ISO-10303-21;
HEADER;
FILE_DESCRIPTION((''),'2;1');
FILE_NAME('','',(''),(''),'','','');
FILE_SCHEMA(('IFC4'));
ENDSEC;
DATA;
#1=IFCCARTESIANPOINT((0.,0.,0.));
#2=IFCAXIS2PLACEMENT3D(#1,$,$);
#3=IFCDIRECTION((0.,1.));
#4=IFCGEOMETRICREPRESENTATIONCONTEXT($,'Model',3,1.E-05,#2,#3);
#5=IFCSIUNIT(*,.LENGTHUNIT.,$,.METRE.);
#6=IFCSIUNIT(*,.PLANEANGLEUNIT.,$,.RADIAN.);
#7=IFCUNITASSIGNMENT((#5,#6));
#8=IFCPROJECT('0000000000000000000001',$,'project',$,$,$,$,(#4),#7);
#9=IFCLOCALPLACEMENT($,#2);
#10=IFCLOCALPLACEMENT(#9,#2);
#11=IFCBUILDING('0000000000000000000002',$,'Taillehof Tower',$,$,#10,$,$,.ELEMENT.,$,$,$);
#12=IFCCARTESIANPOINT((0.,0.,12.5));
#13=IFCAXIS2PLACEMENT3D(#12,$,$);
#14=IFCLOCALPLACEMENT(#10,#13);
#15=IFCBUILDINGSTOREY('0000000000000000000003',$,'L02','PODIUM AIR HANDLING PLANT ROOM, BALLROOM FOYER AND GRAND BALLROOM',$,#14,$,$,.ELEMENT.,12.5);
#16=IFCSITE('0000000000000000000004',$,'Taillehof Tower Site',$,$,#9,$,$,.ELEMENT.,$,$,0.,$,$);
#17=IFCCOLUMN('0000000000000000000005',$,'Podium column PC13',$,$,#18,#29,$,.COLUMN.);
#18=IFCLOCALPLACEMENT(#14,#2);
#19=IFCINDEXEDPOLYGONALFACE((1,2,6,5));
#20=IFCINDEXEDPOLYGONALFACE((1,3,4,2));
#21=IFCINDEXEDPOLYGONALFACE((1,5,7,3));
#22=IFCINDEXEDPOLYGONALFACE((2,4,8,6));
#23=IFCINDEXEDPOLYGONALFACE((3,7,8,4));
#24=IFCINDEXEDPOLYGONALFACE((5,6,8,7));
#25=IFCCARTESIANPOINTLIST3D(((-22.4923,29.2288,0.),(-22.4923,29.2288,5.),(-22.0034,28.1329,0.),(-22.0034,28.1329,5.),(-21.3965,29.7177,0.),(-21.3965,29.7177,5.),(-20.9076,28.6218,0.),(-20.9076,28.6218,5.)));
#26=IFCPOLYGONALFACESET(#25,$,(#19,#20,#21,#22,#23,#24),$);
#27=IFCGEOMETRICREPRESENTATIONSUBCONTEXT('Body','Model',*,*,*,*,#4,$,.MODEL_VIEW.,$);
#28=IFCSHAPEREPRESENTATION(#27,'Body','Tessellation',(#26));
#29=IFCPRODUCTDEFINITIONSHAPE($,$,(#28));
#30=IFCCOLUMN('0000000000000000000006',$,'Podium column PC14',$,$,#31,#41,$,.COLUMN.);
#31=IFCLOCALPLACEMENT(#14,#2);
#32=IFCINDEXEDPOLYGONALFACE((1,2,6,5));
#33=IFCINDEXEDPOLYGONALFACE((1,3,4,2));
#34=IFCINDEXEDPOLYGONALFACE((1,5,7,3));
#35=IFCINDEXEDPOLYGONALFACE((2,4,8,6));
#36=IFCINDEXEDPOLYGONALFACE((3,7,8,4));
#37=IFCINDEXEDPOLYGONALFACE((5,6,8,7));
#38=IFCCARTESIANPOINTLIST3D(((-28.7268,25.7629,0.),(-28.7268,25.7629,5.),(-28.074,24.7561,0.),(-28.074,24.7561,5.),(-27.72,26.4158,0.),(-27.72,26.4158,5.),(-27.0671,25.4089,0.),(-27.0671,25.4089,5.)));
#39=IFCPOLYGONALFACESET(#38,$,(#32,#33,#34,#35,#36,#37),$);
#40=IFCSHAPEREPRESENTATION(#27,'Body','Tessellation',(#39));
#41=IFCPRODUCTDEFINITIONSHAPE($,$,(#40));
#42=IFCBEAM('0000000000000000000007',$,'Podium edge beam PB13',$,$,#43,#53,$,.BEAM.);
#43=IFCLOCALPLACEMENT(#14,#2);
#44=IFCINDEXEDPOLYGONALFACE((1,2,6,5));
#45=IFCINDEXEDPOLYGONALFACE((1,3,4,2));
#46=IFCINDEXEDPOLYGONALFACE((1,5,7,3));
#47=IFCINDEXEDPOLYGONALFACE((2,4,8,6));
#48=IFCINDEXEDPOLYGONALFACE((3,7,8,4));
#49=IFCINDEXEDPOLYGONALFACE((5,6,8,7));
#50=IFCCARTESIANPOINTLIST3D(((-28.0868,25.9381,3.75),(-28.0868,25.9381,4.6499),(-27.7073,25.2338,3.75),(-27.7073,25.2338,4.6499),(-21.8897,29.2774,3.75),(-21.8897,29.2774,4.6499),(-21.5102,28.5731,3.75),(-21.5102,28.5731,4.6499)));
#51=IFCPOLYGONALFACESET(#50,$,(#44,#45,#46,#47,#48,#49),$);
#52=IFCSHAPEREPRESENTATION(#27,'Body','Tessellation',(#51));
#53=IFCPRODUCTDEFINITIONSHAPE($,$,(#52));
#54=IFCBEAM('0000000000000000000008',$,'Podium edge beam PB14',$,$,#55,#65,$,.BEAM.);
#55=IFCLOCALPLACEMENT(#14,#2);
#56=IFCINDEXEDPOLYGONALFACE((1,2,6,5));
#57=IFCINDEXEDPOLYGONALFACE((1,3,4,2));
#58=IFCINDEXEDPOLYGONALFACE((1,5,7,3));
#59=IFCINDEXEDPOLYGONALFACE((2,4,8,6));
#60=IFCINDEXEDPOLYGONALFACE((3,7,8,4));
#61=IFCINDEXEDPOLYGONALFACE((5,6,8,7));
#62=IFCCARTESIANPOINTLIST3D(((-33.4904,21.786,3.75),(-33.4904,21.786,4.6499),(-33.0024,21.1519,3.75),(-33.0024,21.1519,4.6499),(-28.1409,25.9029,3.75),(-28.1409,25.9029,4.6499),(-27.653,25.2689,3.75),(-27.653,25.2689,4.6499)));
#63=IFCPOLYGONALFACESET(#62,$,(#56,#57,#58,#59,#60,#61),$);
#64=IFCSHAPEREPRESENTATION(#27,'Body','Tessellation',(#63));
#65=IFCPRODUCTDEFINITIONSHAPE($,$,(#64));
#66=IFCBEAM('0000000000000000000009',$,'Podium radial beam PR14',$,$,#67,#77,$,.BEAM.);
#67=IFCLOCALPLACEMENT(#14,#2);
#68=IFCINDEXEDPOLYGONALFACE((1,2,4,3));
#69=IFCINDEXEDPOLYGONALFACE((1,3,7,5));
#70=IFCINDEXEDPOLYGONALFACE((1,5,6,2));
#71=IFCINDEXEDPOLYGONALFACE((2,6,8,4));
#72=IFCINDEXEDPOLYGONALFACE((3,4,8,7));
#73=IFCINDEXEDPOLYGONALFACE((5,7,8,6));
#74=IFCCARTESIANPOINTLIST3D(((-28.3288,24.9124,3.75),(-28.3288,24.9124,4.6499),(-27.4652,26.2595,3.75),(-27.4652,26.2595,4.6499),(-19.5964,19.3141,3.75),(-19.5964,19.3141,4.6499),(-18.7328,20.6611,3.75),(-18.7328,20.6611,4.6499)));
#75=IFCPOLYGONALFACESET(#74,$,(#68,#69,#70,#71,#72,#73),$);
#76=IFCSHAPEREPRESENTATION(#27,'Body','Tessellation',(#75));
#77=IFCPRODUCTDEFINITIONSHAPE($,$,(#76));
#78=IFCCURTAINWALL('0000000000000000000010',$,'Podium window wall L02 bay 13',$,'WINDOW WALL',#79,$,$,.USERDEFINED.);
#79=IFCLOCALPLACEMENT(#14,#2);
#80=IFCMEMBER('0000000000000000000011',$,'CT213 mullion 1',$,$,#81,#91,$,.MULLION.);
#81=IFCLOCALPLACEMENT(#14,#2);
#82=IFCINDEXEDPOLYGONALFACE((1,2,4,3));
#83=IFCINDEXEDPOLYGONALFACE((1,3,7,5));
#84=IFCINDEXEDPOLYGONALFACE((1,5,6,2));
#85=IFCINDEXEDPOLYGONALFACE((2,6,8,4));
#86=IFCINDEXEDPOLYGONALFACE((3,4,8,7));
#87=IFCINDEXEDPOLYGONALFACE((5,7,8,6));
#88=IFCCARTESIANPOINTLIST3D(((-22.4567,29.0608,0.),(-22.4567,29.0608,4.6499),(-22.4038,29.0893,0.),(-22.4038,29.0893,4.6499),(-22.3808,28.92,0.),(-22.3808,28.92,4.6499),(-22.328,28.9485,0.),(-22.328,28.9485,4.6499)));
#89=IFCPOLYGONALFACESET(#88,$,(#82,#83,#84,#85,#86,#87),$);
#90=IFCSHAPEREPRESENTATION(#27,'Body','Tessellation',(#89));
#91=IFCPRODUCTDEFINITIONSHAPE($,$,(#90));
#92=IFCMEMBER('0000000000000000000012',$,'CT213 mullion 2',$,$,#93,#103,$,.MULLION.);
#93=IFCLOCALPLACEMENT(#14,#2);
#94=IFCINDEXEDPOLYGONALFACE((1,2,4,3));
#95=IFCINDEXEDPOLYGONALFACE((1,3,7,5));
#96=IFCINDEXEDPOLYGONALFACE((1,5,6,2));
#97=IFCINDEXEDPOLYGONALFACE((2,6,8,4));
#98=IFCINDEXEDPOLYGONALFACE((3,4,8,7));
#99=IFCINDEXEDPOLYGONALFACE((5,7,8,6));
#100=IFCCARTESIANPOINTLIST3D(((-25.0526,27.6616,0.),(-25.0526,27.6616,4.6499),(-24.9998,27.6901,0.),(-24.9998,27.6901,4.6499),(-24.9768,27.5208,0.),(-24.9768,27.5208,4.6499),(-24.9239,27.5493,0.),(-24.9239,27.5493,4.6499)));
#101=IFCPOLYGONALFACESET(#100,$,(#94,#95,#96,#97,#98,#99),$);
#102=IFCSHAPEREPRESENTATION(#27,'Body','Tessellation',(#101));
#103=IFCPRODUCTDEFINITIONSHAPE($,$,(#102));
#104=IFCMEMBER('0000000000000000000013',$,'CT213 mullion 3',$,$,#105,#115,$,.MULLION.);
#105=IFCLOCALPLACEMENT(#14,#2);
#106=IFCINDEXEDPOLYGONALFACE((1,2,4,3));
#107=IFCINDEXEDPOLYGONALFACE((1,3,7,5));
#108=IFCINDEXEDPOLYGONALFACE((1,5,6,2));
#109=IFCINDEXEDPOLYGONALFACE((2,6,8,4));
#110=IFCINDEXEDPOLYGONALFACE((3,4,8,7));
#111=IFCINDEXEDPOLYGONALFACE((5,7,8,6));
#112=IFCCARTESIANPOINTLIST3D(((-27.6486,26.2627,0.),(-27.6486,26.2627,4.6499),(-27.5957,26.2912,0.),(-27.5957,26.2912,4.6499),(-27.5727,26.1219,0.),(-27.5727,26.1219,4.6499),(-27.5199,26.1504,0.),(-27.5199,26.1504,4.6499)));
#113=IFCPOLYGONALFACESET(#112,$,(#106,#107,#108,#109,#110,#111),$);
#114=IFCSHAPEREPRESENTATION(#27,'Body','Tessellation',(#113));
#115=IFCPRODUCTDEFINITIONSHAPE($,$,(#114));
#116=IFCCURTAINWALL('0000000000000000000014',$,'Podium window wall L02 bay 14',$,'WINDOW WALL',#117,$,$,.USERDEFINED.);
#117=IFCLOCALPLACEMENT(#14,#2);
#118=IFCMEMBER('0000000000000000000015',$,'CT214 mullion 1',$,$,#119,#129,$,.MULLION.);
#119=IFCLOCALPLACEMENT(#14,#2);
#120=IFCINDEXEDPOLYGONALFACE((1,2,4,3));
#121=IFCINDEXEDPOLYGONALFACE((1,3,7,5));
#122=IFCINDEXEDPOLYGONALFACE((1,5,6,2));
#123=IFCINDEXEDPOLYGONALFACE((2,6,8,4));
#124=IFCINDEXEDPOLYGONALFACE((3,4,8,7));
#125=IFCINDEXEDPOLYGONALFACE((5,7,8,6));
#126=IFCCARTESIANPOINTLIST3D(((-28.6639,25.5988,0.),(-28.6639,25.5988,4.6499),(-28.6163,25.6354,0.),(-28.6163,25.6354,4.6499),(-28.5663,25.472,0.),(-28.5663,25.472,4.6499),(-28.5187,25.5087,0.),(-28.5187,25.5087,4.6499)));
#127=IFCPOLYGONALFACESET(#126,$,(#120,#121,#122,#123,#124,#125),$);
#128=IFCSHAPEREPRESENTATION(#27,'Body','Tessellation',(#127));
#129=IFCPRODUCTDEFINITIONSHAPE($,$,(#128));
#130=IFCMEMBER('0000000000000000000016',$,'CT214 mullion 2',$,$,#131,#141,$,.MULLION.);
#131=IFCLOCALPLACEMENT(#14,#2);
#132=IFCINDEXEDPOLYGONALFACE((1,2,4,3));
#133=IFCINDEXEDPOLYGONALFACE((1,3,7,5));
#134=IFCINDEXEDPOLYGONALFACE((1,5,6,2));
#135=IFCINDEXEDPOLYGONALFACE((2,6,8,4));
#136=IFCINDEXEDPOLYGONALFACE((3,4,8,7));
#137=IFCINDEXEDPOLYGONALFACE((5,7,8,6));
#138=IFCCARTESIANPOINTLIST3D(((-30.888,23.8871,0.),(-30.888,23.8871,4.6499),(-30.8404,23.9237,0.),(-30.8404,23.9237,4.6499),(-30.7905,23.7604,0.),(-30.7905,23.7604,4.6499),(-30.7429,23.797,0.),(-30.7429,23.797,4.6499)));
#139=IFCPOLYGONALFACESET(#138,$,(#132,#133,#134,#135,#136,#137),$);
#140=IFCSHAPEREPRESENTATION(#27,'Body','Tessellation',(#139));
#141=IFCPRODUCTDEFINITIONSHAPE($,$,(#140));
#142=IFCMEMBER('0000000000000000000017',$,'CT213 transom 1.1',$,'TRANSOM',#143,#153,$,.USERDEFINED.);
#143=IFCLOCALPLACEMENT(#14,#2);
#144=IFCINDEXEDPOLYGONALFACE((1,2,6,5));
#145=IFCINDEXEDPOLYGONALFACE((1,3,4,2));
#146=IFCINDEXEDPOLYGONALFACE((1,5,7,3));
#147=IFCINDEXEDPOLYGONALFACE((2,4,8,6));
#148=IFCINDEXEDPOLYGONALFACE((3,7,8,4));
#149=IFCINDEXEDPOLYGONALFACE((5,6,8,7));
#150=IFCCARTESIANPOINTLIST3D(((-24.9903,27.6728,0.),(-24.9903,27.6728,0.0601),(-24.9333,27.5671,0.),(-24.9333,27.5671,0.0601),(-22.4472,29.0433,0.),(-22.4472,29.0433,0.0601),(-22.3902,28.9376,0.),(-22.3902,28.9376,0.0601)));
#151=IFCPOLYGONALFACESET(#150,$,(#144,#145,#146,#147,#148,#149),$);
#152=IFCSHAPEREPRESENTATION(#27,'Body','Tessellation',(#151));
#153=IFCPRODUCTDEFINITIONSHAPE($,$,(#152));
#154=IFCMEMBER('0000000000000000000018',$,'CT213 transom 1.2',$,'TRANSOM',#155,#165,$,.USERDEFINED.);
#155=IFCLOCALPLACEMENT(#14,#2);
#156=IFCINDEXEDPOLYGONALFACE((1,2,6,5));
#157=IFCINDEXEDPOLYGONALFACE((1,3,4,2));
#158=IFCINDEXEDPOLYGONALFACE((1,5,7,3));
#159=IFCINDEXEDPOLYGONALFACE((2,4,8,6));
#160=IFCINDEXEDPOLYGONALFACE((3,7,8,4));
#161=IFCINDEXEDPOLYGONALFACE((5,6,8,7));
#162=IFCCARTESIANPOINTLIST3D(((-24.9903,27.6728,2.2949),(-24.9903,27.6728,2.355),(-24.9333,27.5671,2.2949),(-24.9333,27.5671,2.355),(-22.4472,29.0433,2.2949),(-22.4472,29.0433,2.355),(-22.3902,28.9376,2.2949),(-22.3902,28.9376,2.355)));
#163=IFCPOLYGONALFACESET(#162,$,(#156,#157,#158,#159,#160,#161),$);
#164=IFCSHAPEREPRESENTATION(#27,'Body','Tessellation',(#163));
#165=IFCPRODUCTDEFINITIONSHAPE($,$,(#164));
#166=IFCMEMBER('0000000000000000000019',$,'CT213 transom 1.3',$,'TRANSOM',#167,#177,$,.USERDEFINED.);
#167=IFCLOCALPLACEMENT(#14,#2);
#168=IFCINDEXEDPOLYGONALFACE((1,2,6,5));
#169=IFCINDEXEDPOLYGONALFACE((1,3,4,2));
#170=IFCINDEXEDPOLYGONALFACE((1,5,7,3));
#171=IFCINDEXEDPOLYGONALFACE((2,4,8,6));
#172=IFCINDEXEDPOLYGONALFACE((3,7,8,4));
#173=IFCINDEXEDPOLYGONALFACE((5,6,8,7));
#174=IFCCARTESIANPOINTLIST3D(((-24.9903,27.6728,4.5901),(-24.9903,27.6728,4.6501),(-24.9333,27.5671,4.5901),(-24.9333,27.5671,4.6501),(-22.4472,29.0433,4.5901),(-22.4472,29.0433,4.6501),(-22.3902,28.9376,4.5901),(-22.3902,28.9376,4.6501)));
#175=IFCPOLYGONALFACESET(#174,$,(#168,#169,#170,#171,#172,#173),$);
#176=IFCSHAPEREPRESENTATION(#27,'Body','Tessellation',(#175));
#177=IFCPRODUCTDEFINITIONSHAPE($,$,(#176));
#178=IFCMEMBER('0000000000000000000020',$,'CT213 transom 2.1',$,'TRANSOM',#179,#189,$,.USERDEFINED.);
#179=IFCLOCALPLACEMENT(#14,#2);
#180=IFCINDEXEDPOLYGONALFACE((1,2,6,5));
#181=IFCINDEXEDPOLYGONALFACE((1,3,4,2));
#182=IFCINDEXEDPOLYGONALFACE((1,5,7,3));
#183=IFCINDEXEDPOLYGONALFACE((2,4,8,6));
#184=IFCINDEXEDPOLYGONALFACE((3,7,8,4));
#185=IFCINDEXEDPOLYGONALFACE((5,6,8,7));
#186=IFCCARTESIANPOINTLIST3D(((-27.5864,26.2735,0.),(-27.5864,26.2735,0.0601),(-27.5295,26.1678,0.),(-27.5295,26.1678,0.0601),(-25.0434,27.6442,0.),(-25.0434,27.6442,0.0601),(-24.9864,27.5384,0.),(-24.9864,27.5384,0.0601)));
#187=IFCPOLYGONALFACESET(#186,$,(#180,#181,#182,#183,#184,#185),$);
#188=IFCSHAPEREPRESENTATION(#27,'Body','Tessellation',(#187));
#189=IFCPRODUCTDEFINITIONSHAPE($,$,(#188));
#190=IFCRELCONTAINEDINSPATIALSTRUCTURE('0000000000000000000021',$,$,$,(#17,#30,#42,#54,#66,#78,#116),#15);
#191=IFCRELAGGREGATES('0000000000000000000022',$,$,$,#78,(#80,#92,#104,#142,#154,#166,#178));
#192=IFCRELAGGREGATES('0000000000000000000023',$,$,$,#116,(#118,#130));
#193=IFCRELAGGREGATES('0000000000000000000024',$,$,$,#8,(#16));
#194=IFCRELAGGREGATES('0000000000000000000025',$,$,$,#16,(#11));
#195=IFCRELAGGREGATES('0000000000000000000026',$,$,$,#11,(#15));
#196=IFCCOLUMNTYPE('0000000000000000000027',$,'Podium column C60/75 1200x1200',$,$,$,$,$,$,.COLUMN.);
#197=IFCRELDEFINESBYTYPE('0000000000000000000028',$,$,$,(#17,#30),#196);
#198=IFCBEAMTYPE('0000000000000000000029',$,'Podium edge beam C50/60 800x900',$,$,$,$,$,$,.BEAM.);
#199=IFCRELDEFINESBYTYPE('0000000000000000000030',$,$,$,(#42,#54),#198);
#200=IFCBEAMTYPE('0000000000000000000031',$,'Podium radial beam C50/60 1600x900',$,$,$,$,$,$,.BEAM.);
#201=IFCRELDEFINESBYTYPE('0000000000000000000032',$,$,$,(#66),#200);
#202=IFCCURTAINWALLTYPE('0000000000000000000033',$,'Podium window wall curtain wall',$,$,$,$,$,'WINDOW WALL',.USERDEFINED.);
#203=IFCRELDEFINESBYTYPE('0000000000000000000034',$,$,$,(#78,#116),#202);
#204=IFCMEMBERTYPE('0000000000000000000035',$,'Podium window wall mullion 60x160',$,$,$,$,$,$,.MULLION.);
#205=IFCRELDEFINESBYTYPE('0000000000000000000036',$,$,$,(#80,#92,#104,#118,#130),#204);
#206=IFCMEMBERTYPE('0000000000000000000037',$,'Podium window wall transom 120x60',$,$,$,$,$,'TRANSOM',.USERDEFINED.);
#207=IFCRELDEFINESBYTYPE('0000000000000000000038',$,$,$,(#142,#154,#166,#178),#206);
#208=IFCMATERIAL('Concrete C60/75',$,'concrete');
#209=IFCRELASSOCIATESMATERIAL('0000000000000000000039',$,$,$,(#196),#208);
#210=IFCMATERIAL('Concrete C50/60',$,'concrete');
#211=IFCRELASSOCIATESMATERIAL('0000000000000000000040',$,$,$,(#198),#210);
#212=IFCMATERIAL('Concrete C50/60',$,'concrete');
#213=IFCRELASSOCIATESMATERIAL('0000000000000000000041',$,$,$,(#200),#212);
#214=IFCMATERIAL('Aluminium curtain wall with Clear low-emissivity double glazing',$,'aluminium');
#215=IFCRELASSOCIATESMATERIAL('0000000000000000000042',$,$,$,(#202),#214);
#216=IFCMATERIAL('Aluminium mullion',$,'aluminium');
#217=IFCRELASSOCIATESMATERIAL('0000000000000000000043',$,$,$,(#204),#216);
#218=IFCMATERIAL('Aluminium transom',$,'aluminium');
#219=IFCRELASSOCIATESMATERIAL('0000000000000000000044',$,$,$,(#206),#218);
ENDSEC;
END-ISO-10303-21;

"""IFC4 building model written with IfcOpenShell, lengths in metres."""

from ifc_helpers import new_model, si_unit, direction, frame, origin, origin_2d, place, context, subcontext, project, spatial, rectangle, extrude, material, material_profile, profile_set, type_object, element, aggregate, save


model = new_model("IFC4")

# Units and contexts
model_context = context("Model", 3, precision=1e-05, world=origin(), true_north=direction((0.0, 1.0)))
body_context = subcontext(model_context, "Body", "Model", "MODEL_VIEW")
ifc_project = project(units=[si_unit("LENGTHUNIT", "METRE"), si_unit("PLANEANGLEUNIT", "RADIAN")], contexts=[model_context])

# Site, building, storey
site_placement = place(None, origin())
site = spatial("IfcSite", under=ifc_project, at=site_placement, Name="Taillehof Tower Site", CompositionType="ELEMENT", RefElevation=0.0)
building_placement = place(site_placement, origin())
building = spatial("IfcBuilding", under=site, at=building_placement, Name="Taillehof Tower", CompositionType="ELEMENT")
storey_placement = place(building_placement, frame((0.0, 0.0, 12.5)))
storey = spatial("IfcBuildingStorey", under=building, at=storey_placement, Name="L02", Description="PODIUM AIR HANDLING PLANT ROOM, BALLROOM FOYER AND GRAND BALLROOM", CompositionType="ELEMENT", Elevation=12.5)

# Columns
ifc_material_1 = material(Name="Concrete C60/75", Category="concrete")
ifc_material_profile_1 = material_profile(ifc_material_1, rectangle(XDim=1.2, YDim=1.2, at=origin_2d()), Name="RC 1200x1200")
ifc_profile_set_1 = profile_set([ifc_material_profile_1], Name="Concrete C60/75")
column_type = type_object("IfcColumnType", Name="Podium column C60/75 1200x1200", PredefinedType="COLUMN", material=ifc_profile_set_1)
for number, where, z_axis, x_axis, name in (
    (1, (-21.7, 28.9253, 0.0), (0.0, 0.0, 1.0), (-0.407427, 0.913238, 0.0), "Podium column PC13"),
    (2, (-27.897, 25.5859, 0.0), (0.0, 0.0, 1.0), (-0.544041, 0.839058, 0.0), "Podium column PC14"),
):
    element("IfcColumn", number, at=place(storey_placement, frame(where, z_axis=z_axis, x_axis=x_axis)), inside=storey, type_object=column_type, Name=name, PredefinedType="COLUMN", context=body_context, shape_type="SweptSolid", body=[
        extrude(rectangle(XDim=1.2, YDim=1.2, at=origin_2d()), origin(), (0.0, 0.0, 1.0), 5.0),
    ])

# Beams
ifc_material_2 = material(Name="Concrete C50/60", Category="concrete")
ifc_material_profile_2 = material_profile(ifc_material_2, rectangle(XDim=0.8, YDim=0.8999, at=origin_2d()), Name="RC 800x900")
ifc_profile_set_2 = profile_set([ifc_material_profile_2], Name="Concrete C50/60")
beam_type_1 = type_object("IfcBeamType", Name="Podium edge beam C50/60 800x900", PredefinedType="BEAM", material=ifc_profile_set_2)
beam_1_placement = place(storey_placement, frame((-21.7, 28.9253, 4.2), z_axis=(-0.880323, -0.474375, 0.0), x_axis=(0.474375, -0.880323, 0.0)))
element("IfcBeam", 3, at=beam_1_placement, inside=storey, type_object=beam_type_1, Name="Podium edge beam PB13", PredefinedType="BEAM", context=body_context, shape_type="SweptSolid", body=[
    extrude(rectangle(XDim=0.8, YDim=0.8999, at=origin_2d()), origin(), (0.0, 0.0, 1.0), 7.0396),
])
beam_2_placement = place(storey_placement, frame((-27.897, 25.5859, 4.2), z_axis=(-0.792477, -0.609901, 0.0), x_axis=(0.609901, -0.792477, 0.0)))
element("IfcBeam", 4, at=beam_2_placement, inside=storey, type_object=beam_type_1, Name="Podium edge beam PB14", PredefinedType="BEAM", context=body_context, shape_type="SweptSolid", body=[
    extrude(rectangle(XDim=0.8, YDim=0.8999, at=origin_2d()), origin(), (0.0, 0.0, 1.0), 6.7502),
])
ifc_material_3 = material(Name="Concrete C50/60", Category="concrete")
ifc_material_profile_3 = material_profile(ifc_material_3, rectangle(XDim=1.6001, YDim=0.8999, at=origin_2d()), Name="RC 1600x900")
ifc_profile_set_3 = profile_set([ifc_material_profile_3], Name="Concrete C50/60")
beam_type_2 = type_object("IfcBeamType", Name="Podium radial beam C50/60 1600x900", PredefinedType="BEAM", material=ifc_profile_set_3)
beam_3_placement = place(storey_placement, frame((-27.897, 25.5859, 4.2), z_axis=(0.841849, -0.539713, 0.0), x_axis=(0.539713, 0.841849, 0.0)))
element("IfcBeam", 5, at=beam_3_placement, inside=storey, type_object=beam_type_2, Name="Podium radial beam PR14", PredefinedType="BEAM", context=body_context, shape_type="SweptSolid", body=[
    extrude(rectangle(XDim=1.6001, YDim=0.8999, at=origin_2d()), origin(), (0.0, 0.0, 1.0), 10.3728),
])

# Curtain walls, members
ifc_material_4 = material(Name="Aluminium curtain wall with Clear low-emissivity double glazing", Category="aluminium")
curtain_wall_type = type_object("IfcCurtainWallType", Name="Podium window wall curtain wall", ElementType="WINDOW WALL", PredefinedType="USERDEFINED", material=ifc_material_4)
curtain_wall_1_placement = place(storey_placement, origin())
curtain_wall_1 = element("IfcCurtainWall", 6, at=curtain_wall_1_placement, inside=storey, type_object=curtain_wall_type, Name="Podium window wall L02 bay 13", ObjectType="WINDOW WALL", PredefinedType="USERDEFINED")
ifc_material_5 = material(Name="Aluminium mullion", Category="aluminium")
ifc_material_profile_4 = material_profile(ifc_material_5, rectangle(XDim=0.1599, YDim=0.0601, at=origin_2d()), Name="AL 60x160")
ifc_profile_set_4 = profile_set([ifc_material_profile_4], Name="Aluminium mullion")
member_type_1 = type_object("IfcMemberType", Name="Podium window wall mullion 60x160", PredefinedType="MULLION", material=ifc_profile_set_4)
member_1_placement = place(storey_placement, frame((-22.3923, 29.0046, 0.0), z_axis=(0.0, 0.0, 1.0), x_axis=(0.474415, -0.880301, 0.0)))
member_1 = element("IfcMember", 7, at=member_1_placement, type_object=member_type_1, Name="CT213 mullion 1", PredefinedType="MULLION", context=body_context, shape_type="SweptSolid", body=[
    extrude(rectangle(XDim=0.1599, YDim=0.0601, at=origin_2d()), origin(), (0.0, 0.0, 1.0), 4.6499),
])
member_2_placement = place(storey_placement, frame((-24.9883, 27.6055, 0.0), z_axis=(0.0, 0.0, 1.0), x_axis=(0.474415, -0.880301, 0.0)))
member_2 = element("IfcMember", 8, at=member_2_placement, type_object=member_type_1, Name="CT213 mullion 2", PredefinedType="MULLION", context=body_context, shape_type="SweptSolid", body=[
    extrude(rectangle(XDim=0.1599, YDim=0.0601, at=origin_2d()), origin(), (0.0, 0.0, 1.0), 4.6499),
])
member_3_placement = place(storey_placement, frame((-27.5842, 26.2065, 0.0), z_axis=(0.0, 0.0, 1.0), x_axis=(0.474415, -0.880301, 0.0)))
member_3 = element("IfcMember", 9, at=member_3_placement, type_object=member_type_1, Name="CT213 mullion 3", PredefinedType="MULLION", context=body_context, shape_type="SweptSolid", body=[
    extrude(rectangle(XDim=0.1599, YDim=0.0601, at=origin_2d()), origin(), (0.0, 0.0, 1.0), 4.6499),
])
curtain_wall_2_placement = place(storey_placement, origin())
curtain_wall_2 = element("IfcCurtainWall", 10, at=curtain_wall_2_placement, inside=storey, type_object=curtain_wall_type, Name="Podium window wall L02 bay 14", ObjectType="WINDOW WALL", PredefinedType="USERDEFINED")
member_4_placement = place(storey_placement, frame((-28.5913, 25.5537, 0.0), z_axis=(0.0, 0.0, 1.0), x_axis=(0.609932, -0.792454, 0.0)))
member_4 = element("IfcMember", 11, at=member_4_placement, type_object=member_type_1, Name="CT214 mullion 1", PredefinedType="MULLION", context=body_context, shape_type="SweptSolid", body=[
    extrude(rectangle(XDim=0.1599, YDim=0.0601, at=origin_2d()), origin(), (0.0, 0.0, 1.0), 4.6499),
])
member_5_placement = place(storey_placement, frame((-30.8154, 23.842, 0.0), z_axis=(0.0, 0.0, 1.0), x_axis=(0.609932, -0.792454, 0.0)))
member_5 = element("IfcMember", 12, at=member_5_placement, type_object=member_type_1, Name="CT214 mullion 2", PredefinedType="MULLION", context=body_context, shape_type="SweptSolid", body=[
    extrude(rectangle(XDim=0.1599, YDim=0.0601, at=origin_2d()), origin(), (0.0, 0.0, 1.0), 4.6499),
])

# Members
ifc_material_6 = material(Name="Aluminium transom", Category="aluminium")
ifc_material_profile_5 = material_profile(ifc_material_6, rectangle(XDim=0.1201, YDim=0.0601, at=origin_2d()), Name="AL 120x60")
ifc_profile_set_5 = profile_set([ifc_material_profile_5], Name="Aluminium transom")
member_type_2 = type_object("IfcMemberType", Name="Podium window wall transom 120x60", ElementType="TRANSOM", PredefinedType="USERDEFINED", material=ifc_profile_set_5)
member_6_placement = place(storey_placement, frame((-22.4187, 28.9905, 0.03), z_axis=(-0.8803, -0.474417, 0.0), x_axis=(0.474417, -0.8803, 0.0)))
member_6 = element("IfcMember", 13, at=member_6_placement, type_object=member_type_2, Name="CT213 transom 1.1", ObjectType="TRANSOM", PredefinedType="USERDEFINED", context=body_context, shape_type="SweptSolid", body=[
    extrude(rectangle(XDim=0.1201, YDim=0.0601, at=origin_2d()), origin(), (0.0, 0.0, 1.0), 2.8889),
])
member_7_placement = place(storey_placement, frame((-22.4187, 28.9905, 2.325), z_axis=(-0.8803, -0.474417, 0.0), x_axis=(0.474417, -0.8803, 0.0)))
member_7 = element("IfcMember", 14, at=member_7_placement, type_object=member_type_2, Name="CT213 transom 1.2", ObjectType="TRANSOM", PredefinedType="USERDEFINED", context=body_context, shape_type="SweptSolid", body=[
    extrude(rectangle(XDim=0.1201, YDim=0.0601, at=origin_2d()), origin(), (0.0, 0.0, 1.0), 2.8889),
])
member_8_placement = place(storey_placement, frame((-22.4187, 28.9905, 4.6201), z_axis=(-0.8803, -0.474417, 0.0), x_axis=(0.474417, -0.8803, 0.0)))
member_8 = element("IfcMember", 15, at=member_8_placement, type_object=member_type_2, Name="CT213 transom 1.3", ObjectType="TRANSOM", PredefinedType="USERDEFINED", context=body_context, shape_type="SweptSolid", body=[
    extrude(rectangle(XDim=0.1201, YDim=0.0601, at=origin_2d()), origin(), (0.0, 0.0, 1.0), 2.8889),
])
member_9_placement = place(storey_placement, frame((-25.0149, 27.5913, 0.03), z_axis=(-0.880281, -0.474453, 0.0), x_axis=(0.474453, -0.880281, 0.0)))
member_9 = element("IfcMember", 16, at=member_9_placement, type_object=member_type_2, Name="CT213 transom 2.1", ObjectType="TRANSOM", PredefinedType="USERDEFINED", context=body_context, shape_type="SweptSolid", body=[
    extrude(rectangle(XDim=0.1201, YDim=0.0601, at=origin_2d()), origin(), (0.0, 0.0, 1.0), 2.8889),
])

aggregate(curtain_wall_1, [member_1, member_2, member_3, member_6, member_7, member_8, member_9])
aggregate(curtain_wall_2, [member_4, member_5])

save(model, "model.ifc")
